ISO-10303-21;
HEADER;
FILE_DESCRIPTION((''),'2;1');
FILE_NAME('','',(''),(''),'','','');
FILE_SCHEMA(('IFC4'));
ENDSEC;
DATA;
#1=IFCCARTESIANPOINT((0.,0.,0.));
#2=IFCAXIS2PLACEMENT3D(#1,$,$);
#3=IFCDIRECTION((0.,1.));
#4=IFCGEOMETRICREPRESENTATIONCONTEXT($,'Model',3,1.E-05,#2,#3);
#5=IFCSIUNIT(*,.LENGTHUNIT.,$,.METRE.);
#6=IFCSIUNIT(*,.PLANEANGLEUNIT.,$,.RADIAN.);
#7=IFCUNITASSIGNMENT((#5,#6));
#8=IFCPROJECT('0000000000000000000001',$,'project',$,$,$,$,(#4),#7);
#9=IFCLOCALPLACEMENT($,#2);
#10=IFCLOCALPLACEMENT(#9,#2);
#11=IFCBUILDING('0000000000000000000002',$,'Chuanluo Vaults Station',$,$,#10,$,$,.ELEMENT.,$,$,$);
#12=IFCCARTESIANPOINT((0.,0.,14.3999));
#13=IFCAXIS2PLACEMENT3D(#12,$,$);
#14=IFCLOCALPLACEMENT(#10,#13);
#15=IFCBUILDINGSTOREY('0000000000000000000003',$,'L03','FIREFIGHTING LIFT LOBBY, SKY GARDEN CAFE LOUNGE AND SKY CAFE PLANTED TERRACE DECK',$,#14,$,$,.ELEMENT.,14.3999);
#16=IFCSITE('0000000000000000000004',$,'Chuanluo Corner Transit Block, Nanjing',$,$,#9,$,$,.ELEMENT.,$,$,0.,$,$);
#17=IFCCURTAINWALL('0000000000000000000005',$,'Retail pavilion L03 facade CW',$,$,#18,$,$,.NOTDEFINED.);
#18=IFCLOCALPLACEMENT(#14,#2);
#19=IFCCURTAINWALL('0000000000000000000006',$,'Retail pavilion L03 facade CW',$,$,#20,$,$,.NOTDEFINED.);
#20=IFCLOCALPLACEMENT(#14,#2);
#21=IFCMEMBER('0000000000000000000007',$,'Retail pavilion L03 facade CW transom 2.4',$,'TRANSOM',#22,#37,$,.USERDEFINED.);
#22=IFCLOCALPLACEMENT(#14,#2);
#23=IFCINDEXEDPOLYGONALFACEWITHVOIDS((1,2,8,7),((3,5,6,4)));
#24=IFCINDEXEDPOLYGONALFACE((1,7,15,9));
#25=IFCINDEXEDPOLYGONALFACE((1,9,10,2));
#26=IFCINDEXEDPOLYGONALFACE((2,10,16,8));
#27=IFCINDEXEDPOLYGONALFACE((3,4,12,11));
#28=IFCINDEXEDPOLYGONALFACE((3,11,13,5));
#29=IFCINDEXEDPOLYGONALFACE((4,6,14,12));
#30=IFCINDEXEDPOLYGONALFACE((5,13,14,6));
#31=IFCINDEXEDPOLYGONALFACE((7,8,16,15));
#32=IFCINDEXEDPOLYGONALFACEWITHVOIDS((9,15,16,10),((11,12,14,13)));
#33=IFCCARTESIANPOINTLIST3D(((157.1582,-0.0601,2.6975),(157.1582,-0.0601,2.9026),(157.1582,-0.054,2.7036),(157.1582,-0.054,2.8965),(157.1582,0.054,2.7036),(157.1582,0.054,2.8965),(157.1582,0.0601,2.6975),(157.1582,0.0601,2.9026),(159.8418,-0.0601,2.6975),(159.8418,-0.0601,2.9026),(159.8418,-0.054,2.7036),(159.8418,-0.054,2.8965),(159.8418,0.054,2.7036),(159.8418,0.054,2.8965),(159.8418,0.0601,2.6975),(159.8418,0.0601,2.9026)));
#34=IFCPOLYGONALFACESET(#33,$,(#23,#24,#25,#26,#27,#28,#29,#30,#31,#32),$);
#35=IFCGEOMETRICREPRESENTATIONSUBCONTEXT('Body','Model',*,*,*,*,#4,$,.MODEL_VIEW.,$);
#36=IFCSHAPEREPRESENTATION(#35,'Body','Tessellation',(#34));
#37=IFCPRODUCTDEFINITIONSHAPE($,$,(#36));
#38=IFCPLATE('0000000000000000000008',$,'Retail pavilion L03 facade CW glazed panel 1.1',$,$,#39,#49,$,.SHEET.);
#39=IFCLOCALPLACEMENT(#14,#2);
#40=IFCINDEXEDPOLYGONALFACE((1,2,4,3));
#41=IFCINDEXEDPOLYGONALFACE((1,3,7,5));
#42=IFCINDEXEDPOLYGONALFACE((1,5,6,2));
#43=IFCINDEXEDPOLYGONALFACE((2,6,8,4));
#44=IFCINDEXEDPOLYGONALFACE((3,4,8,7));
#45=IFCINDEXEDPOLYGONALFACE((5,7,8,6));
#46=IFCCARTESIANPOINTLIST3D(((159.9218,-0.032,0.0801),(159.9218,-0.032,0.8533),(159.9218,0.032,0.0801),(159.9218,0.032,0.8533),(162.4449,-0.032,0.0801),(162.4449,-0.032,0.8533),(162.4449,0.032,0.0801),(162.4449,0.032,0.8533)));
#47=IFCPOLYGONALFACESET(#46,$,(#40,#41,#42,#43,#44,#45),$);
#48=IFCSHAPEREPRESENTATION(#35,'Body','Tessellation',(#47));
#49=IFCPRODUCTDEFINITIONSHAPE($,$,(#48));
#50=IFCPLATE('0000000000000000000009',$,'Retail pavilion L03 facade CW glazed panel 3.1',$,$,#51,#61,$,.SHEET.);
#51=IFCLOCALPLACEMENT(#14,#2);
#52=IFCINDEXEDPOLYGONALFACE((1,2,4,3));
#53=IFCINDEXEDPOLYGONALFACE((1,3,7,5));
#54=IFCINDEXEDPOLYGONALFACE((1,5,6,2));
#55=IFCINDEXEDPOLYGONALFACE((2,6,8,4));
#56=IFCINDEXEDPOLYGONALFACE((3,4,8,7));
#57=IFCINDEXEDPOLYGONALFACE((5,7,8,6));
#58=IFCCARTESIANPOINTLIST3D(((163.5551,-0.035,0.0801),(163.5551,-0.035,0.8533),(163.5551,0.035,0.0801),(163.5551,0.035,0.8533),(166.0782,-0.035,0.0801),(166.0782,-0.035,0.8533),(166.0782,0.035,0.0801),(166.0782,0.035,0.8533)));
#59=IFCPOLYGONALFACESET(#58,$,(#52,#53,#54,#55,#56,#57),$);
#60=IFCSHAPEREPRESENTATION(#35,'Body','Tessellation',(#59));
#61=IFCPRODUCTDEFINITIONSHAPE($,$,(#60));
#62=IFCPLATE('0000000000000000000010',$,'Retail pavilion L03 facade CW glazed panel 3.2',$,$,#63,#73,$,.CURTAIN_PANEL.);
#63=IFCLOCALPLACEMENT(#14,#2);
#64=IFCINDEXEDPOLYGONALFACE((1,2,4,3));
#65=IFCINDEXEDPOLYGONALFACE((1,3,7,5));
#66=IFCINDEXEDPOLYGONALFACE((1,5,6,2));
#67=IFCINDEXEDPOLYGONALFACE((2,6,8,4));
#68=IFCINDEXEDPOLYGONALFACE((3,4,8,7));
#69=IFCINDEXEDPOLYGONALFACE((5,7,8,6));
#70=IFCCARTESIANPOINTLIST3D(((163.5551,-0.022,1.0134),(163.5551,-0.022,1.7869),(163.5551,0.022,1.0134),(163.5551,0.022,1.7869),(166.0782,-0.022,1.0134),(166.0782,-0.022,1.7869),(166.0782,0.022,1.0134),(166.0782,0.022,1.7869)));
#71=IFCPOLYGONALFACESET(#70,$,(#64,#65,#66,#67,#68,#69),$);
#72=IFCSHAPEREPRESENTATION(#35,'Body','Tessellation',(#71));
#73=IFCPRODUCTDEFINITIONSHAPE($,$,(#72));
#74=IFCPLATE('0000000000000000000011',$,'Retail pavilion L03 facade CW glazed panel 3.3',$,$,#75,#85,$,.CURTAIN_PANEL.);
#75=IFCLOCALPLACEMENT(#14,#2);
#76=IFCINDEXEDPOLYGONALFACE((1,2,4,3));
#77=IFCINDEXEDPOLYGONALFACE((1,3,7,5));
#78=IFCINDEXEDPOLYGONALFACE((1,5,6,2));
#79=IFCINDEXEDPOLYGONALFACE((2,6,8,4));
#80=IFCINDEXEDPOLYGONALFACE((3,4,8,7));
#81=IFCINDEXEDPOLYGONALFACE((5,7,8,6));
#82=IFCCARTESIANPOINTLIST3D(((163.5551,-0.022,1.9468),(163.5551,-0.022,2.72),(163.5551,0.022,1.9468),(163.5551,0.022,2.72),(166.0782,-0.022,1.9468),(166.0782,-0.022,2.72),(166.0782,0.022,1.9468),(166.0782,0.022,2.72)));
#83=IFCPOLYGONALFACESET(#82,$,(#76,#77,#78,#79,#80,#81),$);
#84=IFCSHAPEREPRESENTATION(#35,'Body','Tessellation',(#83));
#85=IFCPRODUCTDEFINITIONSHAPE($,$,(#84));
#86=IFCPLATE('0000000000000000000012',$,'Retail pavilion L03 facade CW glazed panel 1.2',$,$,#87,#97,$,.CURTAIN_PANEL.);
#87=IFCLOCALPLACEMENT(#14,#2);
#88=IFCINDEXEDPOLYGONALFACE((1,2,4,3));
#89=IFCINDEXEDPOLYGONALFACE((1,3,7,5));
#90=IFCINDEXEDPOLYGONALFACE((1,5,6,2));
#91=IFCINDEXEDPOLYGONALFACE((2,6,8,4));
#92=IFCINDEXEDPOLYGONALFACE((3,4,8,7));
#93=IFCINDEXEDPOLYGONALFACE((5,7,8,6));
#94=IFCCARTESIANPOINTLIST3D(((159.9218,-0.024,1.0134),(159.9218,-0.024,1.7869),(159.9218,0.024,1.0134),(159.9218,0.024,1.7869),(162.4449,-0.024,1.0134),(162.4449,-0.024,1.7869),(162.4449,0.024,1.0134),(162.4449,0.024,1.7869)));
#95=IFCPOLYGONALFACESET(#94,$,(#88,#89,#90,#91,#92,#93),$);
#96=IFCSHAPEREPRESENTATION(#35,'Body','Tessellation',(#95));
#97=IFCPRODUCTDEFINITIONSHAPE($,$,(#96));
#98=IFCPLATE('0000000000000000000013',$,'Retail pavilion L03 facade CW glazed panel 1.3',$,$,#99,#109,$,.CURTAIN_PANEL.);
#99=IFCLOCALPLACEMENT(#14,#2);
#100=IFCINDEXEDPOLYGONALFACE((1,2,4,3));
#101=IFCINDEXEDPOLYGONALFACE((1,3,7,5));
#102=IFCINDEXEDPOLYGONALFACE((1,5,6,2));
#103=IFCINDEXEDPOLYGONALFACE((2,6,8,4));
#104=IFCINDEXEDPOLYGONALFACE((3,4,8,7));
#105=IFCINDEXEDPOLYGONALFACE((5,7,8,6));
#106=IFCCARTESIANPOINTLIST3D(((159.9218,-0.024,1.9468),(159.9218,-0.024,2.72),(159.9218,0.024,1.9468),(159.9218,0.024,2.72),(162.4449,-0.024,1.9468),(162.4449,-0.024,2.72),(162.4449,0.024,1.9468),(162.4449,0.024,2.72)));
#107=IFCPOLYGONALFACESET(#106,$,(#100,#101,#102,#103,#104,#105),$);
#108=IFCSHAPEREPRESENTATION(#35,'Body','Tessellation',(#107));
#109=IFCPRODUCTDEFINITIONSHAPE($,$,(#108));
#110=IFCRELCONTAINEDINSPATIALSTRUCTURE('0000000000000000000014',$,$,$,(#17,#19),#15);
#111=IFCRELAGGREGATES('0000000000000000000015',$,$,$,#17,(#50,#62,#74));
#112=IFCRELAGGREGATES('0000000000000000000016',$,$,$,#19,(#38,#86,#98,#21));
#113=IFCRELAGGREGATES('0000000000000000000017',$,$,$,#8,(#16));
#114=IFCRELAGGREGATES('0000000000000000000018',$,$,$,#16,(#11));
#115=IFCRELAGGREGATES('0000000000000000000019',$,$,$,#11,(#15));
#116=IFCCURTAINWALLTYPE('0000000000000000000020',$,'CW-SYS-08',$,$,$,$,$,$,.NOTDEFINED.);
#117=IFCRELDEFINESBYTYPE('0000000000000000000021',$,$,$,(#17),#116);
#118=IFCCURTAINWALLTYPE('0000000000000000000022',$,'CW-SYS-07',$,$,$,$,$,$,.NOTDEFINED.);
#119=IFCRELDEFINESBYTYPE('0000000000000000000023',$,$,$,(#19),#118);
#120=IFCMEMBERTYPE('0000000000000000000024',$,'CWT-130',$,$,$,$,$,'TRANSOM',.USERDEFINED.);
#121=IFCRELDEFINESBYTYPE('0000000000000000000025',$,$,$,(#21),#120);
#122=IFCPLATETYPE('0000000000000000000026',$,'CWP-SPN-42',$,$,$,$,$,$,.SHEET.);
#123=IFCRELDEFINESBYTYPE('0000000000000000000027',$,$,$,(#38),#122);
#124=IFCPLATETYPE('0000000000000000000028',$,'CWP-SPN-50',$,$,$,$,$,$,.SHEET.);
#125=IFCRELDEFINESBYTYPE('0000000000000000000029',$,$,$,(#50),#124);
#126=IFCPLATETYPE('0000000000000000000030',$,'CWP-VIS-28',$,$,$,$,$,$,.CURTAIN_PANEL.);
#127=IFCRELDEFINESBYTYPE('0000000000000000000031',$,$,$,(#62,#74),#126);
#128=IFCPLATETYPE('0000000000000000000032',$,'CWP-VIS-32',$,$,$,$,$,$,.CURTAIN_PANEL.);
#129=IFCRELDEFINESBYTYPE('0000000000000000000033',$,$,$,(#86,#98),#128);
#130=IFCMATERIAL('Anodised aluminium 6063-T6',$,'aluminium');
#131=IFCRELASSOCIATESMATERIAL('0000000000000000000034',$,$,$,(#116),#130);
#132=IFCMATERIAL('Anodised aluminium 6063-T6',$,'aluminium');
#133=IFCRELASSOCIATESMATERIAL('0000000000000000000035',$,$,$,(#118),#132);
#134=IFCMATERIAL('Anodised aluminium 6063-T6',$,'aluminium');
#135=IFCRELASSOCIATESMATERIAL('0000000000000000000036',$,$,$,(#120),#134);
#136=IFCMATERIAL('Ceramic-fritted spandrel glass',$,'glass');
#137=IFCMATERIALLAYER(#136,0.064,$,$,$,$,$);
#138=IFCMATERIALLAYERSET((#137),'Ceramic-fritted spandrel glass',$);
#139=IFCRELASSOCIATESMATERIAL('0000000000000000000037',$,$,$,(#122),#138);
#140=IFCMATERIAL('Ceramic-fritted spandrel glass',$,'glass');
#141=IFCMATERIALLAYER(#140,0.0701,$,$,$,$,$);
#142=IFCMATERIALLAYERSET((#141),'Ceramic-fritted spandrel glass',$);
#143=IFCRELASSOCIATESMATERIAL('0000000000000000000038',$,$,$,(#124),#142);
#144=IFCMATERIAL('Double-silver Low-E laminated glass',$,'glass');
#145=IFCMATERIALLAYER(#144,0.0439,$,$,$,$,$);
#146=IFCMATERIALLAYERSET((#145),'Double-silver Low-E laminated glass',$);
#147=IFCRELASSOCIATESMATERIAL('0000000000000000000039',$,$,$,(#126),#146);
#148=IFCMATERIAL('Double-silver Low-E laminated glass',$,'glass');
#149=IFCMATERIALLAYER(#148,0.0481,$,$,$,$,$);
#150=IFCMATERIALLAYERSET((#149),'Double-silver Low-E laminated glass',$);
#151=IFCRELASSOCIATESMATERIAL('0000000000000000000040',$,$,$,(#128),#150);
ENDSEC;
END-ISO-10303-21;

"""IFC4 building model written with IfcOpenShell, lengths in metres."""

from ifc_helpers import new_model, si_unit, direction, frame, origin, origin_2d, place, context, subcontext, project, spatial, rectangle, hollow_rectangle, extrude, material, layer, layer_set, material_profile, profile_set, type_object, element, aggregate, save


model = new_model("IFC4")

# Units and contexts
model_context = context("Model", 3, precision=1e-05, world=origin(), true_north=direction((0.0, 1.0)))
body_context = subcontext(model_context, "Body", "Model", "MODEL_VIEW")
ifc_project = project(units=[si_unit("LENGTHUNIT", "METRE"), si_unit("PLANEANGLEUNIT", "RADIAN")], contexts=[model_context])

# Site, building, storey
site_placement = place(None, origin())
site = spatial("IfcSite", under=ifc_project, at=site_placement, Name="Chuanluo Corner Transit Block, Nanjing", CompositionType="ELEMENT", RefElevation=0.0)
building_placement = place(site_placement, origin())
building = spatial("IfcBuilding", under=site, at=building_placement, Name="Chuanluo Vaults Station", CompositionType="ELEMENT")
storey_placement = place(building_placement, frame((0.0, 0.0, 14.3999)))
storey = spatial("IfcBuildingStorey", under=building, at=storey_placement, Name="L03", Description="FIREFIGHTING LIFT LOBBY, SKY GARDEN CAFE LOUNGE AND SKY CAFE PLANTED TERRACE DECK", CompositionType="ELEMENT", Elevation=14.3999)

# Curtain wall
ifc_material_1 = material(Name="Anodised aluminium 6063-T6", Category="aluminium")
curtain_wall_type_1 = type_object("IfcCurtainWallType", Name="CW-SYS-08", PredefinedType="NOTDEFINED", material=ifc_material_1)
curtain_wall_1_placement = place(storey_placement, origin())
curtain_wall_1 = element("IfcCurtainWall", 1, at=curtain_wall_1_placement, inside=storey, type_object=curtain_wall_type_1, Name="Retail pavilion L03 facade CW", PredefinedType="NOTDEFINED")

# Curtain wall
ifc_material_2 = material(Name="Anodised aluminium 6063-T6", Category="aluminium")
curtain_wall_type_2 = type_object("IfcCurtainWallType", Name="CW-SYS-07", PredefinedType="NOTDEFINED", material=ifc_material_2)
curtain_wall_2_placement = place(storey_placement, origin())
curtain_wall_2 = element("IfcCurtainWall", 2, at=curtain_wall_2_placement, inside=storey, type_object=curtain_wall_type_2, Name="Retail pavilion L03 facade CW", PredefinedType="NOTDEFINED")

# Member
ifc_material_3 = material(Name="Anodised aluminium 6063-T6", Category="aluminium")
ifc_material_profile_1 = material_profile(ifc_material_3, hollow_rectangle(XDim=0.1201, YDim=0.2051, WallThickness=0.0061, at=origin_2d()))
ifc_profile_set_1 = profile_set([ifc_material_profile_1], Name="Anodised aluminium 6063-T6")
member_type_1 = type_object("IfcMemberType", Name="CWT-130", ElementType="TRANSOM", PredefinedType="USERDEFINED", material=ifc_profile_set_1)
member_1_placement = place(storey_placement, frame((159.8418, 0.0, 2.8), z_axis=(-1.0, 0.0, 0.0), x_axis=(0.0, -1.0, 0.0)))
member_1 = element("IfcMember", 3, at=member_1_placement, type_object=member_type_1, Name="Retail pavilion L03 facade CW transom 2.4", ObjectType="TRANSOM", PredefinedType="USERDEFINED", context=body_context, shape_type="SweptSolid", body=[
    extrude(hollow_rectangle(XDim=0.1201, YDim=0.2051, WallThickness=0.0061, at=origin_2d()), origin(), (0.0, 0.0, 1.0), 2.6836),
])

# Plates
ifc_material_4 = material(Name="Ceramic-fritted spandrel glass", Category="glass")
ifc_layer_1 = layer(ifc_material_4, 0.064)
ifc_layer_set_1 = layer_set([ifc_layer_1], Name="Ceramic-fritted spandrel glass")
plate_type_1 = type_object("IfcPlateType", Name="CWP-SPN-42", PredefinedType="SHEET", material=ifc_layer_set_1)
plate_1_placement = place(storey_placement, frame((161.1833, 0.0, 0.0801), z_axis=(0.0, 0.0, 1.0), x_axis=(-1.0, 0.0, 0.0)))
plate_1 = element("IfcPlate", 4, at=plate_1_placement, type_object=plate_type_1, Name="Retail pavilion L03 facade CW glazed panel 1.1", PredefinedType="SHEET", context=body_context, shape_type="SweptSolid", body=[
    extrude(rectangle(XDim=2.5232, YDim=0.064, at=origin_2d()), origin(), (0.0, 0.0, 1.0), 0.7732),
])
ifc_material_5 = material(Name="Ceramic-fritted spandrel glass", Category="glass")
ifc_layer_2 = layer(ifc_material_5, 0.0701)
ifc_layer_set_2 = layer_set([ifc_layer_2], Name="Ceramic-fritted spandrel glass")
plate_type_2 = type_object("IfcPlateType", Name="CWP-SPN-50", PredefinedType="SHEET", material=ifc_layer_set_2)
plate_2_placement = place(storey_placement, frame((164.8167, 0.0, 0.0801), z_axis=(0.0, 0.0, 1.0), x_axis=(-1.0, 0.0, 0.0)))
plate_2 = element("IfcPlate", 5, at=plate_2_placement, type_object=plate_type_2, Name="Retail pavilion L03 facade CW glazed panel 3.1", PredefinedType="SHEET", context=body_context, shape_type="SweptSolid", body=[
    extrude(rectangle(XDim=2.5232, YDim=0.0701, at=origin_2d()), origin(), (0.0, 0.0, 1.0), 0.7732),
])
ifc_material_6 = material(Name="Double-silver Low-E laminated glass", Category="glass")
ifc_layer_3 = layer(ifc_material_6, 0.0439)
ifc_layer_set_3 = layer_set([ifc_layer_3], Name="Double-silver Low-E laminated glass")
plate_type_3 = type_object("IfcPlateType", Name="CWP-VIS-28", PredefinedType="CURTAIN_PANEL", material=ifc_layer_set_3)
plate_3_placement = place(storey_placement, frame((164.8167, 0.0, 1.0134), z_axis=(0.0, 0.0, 1.0), x_axis=(-1.0, 0.0, 0.0)))
plate_3 = element("IfcPlate", 6, at=plate_3_placement, type_object=plate_type_3, Name="Retail pavilion L03 facade CW glazed panel 3.2", PredefinedType="CURTAIN_PANEL", context=body_context, shape_type="SweptSolid", body=[
    extrude(rectangle(XDim=2.5232, YDim=0.0439, at=origin_2d()), origin(), (0.0, 0.0, 1.0), 0.7734),
])
plate_4_placement = place(storey_placement, frame((164.8167, 0.0, 1.9468), z_axis=(0.0, 0.0, 1.0), x_axis=(-1.0, 0.0, 0.0)))
plate_4 = element("IfcPlate", 7, at=plate_4_placement, type_object=plate_type_3, Name="Retail pavilion L03 facade CW glazed panel 3.3", PredefinedType="CURTAIN_PANEL", context=body_context, shape_type="SweptSolid", body=[
    extrude(rectangle(XDim=2.5232, YDim=0.0439, at=origin_2d()), origin(), (0.0, 0.0, 1.0), 0.7732),
])
aggregate(curtain_wall_1, [plate_2, plate_3, plate_4])
ifc_material_7 = material(Name="Double-silver Low-E laminated glass", Category="glass")
ifc_layer_4 = layer(ifc_material_7, 0.0481)
ifc_layer_set_4 = layer_set([ifc_layer_4], Name="Double-silver Low-E laminated glass")
plate_type_4 = type_object("IfcPlateType", Name="CWP-VIS-32", PredefinedType="CURTAIN_PANEL", material=ifc_layer_set_4)
plate_5_placement = place(storey_placement, frame((161.1833, 0.0, 1.0134), z_axis=(0.0, 0.0, 1.0), x_axis=(-1.0, 0.0, 0.0)))
plate_5 = element("IfcPlate", 8, at=plate_5_placement, type_object=plate_type_4, Name="Retail pavilion L03 facade CW glazed panel 1.2", PredefinedType="CURTAIN_PANEL", context=body_context, shape_type="SweptSolid", body=[
    extrude(rectangle(XDim=2.5232, YDim=0.0481, at=origin_2d()), origin(), (0.0, 0.0, 1.0), 0.7734),
])
plate_6_placement = place(storey_placement, frame((161.1833, 0.0, 1.9468), z_axis=(0.0, 0.0, 1.0), x_axis=(-1.0, 0.0, 0.0)))
plate_6 = element("IfcPlate", 9, at=plate_6_placement, type_object=plate_type_4, Name="Retail pavilion L03 facade CW glazed panel 1.3", PredefinedType="CURTAIN_PANEL", context=body_context, shape_type="SweptSolid", body=[
    extrude(rectangle(XDim=2.5232, YDim=0.0481, at=origin_2d()), origin(), (0.0, 0.0, 1.0), 0.7732),
])
aggregate(curtain_wall_2, [plate_1, plate_5, plate_6, member_1])

save(model, "model.ifc")
